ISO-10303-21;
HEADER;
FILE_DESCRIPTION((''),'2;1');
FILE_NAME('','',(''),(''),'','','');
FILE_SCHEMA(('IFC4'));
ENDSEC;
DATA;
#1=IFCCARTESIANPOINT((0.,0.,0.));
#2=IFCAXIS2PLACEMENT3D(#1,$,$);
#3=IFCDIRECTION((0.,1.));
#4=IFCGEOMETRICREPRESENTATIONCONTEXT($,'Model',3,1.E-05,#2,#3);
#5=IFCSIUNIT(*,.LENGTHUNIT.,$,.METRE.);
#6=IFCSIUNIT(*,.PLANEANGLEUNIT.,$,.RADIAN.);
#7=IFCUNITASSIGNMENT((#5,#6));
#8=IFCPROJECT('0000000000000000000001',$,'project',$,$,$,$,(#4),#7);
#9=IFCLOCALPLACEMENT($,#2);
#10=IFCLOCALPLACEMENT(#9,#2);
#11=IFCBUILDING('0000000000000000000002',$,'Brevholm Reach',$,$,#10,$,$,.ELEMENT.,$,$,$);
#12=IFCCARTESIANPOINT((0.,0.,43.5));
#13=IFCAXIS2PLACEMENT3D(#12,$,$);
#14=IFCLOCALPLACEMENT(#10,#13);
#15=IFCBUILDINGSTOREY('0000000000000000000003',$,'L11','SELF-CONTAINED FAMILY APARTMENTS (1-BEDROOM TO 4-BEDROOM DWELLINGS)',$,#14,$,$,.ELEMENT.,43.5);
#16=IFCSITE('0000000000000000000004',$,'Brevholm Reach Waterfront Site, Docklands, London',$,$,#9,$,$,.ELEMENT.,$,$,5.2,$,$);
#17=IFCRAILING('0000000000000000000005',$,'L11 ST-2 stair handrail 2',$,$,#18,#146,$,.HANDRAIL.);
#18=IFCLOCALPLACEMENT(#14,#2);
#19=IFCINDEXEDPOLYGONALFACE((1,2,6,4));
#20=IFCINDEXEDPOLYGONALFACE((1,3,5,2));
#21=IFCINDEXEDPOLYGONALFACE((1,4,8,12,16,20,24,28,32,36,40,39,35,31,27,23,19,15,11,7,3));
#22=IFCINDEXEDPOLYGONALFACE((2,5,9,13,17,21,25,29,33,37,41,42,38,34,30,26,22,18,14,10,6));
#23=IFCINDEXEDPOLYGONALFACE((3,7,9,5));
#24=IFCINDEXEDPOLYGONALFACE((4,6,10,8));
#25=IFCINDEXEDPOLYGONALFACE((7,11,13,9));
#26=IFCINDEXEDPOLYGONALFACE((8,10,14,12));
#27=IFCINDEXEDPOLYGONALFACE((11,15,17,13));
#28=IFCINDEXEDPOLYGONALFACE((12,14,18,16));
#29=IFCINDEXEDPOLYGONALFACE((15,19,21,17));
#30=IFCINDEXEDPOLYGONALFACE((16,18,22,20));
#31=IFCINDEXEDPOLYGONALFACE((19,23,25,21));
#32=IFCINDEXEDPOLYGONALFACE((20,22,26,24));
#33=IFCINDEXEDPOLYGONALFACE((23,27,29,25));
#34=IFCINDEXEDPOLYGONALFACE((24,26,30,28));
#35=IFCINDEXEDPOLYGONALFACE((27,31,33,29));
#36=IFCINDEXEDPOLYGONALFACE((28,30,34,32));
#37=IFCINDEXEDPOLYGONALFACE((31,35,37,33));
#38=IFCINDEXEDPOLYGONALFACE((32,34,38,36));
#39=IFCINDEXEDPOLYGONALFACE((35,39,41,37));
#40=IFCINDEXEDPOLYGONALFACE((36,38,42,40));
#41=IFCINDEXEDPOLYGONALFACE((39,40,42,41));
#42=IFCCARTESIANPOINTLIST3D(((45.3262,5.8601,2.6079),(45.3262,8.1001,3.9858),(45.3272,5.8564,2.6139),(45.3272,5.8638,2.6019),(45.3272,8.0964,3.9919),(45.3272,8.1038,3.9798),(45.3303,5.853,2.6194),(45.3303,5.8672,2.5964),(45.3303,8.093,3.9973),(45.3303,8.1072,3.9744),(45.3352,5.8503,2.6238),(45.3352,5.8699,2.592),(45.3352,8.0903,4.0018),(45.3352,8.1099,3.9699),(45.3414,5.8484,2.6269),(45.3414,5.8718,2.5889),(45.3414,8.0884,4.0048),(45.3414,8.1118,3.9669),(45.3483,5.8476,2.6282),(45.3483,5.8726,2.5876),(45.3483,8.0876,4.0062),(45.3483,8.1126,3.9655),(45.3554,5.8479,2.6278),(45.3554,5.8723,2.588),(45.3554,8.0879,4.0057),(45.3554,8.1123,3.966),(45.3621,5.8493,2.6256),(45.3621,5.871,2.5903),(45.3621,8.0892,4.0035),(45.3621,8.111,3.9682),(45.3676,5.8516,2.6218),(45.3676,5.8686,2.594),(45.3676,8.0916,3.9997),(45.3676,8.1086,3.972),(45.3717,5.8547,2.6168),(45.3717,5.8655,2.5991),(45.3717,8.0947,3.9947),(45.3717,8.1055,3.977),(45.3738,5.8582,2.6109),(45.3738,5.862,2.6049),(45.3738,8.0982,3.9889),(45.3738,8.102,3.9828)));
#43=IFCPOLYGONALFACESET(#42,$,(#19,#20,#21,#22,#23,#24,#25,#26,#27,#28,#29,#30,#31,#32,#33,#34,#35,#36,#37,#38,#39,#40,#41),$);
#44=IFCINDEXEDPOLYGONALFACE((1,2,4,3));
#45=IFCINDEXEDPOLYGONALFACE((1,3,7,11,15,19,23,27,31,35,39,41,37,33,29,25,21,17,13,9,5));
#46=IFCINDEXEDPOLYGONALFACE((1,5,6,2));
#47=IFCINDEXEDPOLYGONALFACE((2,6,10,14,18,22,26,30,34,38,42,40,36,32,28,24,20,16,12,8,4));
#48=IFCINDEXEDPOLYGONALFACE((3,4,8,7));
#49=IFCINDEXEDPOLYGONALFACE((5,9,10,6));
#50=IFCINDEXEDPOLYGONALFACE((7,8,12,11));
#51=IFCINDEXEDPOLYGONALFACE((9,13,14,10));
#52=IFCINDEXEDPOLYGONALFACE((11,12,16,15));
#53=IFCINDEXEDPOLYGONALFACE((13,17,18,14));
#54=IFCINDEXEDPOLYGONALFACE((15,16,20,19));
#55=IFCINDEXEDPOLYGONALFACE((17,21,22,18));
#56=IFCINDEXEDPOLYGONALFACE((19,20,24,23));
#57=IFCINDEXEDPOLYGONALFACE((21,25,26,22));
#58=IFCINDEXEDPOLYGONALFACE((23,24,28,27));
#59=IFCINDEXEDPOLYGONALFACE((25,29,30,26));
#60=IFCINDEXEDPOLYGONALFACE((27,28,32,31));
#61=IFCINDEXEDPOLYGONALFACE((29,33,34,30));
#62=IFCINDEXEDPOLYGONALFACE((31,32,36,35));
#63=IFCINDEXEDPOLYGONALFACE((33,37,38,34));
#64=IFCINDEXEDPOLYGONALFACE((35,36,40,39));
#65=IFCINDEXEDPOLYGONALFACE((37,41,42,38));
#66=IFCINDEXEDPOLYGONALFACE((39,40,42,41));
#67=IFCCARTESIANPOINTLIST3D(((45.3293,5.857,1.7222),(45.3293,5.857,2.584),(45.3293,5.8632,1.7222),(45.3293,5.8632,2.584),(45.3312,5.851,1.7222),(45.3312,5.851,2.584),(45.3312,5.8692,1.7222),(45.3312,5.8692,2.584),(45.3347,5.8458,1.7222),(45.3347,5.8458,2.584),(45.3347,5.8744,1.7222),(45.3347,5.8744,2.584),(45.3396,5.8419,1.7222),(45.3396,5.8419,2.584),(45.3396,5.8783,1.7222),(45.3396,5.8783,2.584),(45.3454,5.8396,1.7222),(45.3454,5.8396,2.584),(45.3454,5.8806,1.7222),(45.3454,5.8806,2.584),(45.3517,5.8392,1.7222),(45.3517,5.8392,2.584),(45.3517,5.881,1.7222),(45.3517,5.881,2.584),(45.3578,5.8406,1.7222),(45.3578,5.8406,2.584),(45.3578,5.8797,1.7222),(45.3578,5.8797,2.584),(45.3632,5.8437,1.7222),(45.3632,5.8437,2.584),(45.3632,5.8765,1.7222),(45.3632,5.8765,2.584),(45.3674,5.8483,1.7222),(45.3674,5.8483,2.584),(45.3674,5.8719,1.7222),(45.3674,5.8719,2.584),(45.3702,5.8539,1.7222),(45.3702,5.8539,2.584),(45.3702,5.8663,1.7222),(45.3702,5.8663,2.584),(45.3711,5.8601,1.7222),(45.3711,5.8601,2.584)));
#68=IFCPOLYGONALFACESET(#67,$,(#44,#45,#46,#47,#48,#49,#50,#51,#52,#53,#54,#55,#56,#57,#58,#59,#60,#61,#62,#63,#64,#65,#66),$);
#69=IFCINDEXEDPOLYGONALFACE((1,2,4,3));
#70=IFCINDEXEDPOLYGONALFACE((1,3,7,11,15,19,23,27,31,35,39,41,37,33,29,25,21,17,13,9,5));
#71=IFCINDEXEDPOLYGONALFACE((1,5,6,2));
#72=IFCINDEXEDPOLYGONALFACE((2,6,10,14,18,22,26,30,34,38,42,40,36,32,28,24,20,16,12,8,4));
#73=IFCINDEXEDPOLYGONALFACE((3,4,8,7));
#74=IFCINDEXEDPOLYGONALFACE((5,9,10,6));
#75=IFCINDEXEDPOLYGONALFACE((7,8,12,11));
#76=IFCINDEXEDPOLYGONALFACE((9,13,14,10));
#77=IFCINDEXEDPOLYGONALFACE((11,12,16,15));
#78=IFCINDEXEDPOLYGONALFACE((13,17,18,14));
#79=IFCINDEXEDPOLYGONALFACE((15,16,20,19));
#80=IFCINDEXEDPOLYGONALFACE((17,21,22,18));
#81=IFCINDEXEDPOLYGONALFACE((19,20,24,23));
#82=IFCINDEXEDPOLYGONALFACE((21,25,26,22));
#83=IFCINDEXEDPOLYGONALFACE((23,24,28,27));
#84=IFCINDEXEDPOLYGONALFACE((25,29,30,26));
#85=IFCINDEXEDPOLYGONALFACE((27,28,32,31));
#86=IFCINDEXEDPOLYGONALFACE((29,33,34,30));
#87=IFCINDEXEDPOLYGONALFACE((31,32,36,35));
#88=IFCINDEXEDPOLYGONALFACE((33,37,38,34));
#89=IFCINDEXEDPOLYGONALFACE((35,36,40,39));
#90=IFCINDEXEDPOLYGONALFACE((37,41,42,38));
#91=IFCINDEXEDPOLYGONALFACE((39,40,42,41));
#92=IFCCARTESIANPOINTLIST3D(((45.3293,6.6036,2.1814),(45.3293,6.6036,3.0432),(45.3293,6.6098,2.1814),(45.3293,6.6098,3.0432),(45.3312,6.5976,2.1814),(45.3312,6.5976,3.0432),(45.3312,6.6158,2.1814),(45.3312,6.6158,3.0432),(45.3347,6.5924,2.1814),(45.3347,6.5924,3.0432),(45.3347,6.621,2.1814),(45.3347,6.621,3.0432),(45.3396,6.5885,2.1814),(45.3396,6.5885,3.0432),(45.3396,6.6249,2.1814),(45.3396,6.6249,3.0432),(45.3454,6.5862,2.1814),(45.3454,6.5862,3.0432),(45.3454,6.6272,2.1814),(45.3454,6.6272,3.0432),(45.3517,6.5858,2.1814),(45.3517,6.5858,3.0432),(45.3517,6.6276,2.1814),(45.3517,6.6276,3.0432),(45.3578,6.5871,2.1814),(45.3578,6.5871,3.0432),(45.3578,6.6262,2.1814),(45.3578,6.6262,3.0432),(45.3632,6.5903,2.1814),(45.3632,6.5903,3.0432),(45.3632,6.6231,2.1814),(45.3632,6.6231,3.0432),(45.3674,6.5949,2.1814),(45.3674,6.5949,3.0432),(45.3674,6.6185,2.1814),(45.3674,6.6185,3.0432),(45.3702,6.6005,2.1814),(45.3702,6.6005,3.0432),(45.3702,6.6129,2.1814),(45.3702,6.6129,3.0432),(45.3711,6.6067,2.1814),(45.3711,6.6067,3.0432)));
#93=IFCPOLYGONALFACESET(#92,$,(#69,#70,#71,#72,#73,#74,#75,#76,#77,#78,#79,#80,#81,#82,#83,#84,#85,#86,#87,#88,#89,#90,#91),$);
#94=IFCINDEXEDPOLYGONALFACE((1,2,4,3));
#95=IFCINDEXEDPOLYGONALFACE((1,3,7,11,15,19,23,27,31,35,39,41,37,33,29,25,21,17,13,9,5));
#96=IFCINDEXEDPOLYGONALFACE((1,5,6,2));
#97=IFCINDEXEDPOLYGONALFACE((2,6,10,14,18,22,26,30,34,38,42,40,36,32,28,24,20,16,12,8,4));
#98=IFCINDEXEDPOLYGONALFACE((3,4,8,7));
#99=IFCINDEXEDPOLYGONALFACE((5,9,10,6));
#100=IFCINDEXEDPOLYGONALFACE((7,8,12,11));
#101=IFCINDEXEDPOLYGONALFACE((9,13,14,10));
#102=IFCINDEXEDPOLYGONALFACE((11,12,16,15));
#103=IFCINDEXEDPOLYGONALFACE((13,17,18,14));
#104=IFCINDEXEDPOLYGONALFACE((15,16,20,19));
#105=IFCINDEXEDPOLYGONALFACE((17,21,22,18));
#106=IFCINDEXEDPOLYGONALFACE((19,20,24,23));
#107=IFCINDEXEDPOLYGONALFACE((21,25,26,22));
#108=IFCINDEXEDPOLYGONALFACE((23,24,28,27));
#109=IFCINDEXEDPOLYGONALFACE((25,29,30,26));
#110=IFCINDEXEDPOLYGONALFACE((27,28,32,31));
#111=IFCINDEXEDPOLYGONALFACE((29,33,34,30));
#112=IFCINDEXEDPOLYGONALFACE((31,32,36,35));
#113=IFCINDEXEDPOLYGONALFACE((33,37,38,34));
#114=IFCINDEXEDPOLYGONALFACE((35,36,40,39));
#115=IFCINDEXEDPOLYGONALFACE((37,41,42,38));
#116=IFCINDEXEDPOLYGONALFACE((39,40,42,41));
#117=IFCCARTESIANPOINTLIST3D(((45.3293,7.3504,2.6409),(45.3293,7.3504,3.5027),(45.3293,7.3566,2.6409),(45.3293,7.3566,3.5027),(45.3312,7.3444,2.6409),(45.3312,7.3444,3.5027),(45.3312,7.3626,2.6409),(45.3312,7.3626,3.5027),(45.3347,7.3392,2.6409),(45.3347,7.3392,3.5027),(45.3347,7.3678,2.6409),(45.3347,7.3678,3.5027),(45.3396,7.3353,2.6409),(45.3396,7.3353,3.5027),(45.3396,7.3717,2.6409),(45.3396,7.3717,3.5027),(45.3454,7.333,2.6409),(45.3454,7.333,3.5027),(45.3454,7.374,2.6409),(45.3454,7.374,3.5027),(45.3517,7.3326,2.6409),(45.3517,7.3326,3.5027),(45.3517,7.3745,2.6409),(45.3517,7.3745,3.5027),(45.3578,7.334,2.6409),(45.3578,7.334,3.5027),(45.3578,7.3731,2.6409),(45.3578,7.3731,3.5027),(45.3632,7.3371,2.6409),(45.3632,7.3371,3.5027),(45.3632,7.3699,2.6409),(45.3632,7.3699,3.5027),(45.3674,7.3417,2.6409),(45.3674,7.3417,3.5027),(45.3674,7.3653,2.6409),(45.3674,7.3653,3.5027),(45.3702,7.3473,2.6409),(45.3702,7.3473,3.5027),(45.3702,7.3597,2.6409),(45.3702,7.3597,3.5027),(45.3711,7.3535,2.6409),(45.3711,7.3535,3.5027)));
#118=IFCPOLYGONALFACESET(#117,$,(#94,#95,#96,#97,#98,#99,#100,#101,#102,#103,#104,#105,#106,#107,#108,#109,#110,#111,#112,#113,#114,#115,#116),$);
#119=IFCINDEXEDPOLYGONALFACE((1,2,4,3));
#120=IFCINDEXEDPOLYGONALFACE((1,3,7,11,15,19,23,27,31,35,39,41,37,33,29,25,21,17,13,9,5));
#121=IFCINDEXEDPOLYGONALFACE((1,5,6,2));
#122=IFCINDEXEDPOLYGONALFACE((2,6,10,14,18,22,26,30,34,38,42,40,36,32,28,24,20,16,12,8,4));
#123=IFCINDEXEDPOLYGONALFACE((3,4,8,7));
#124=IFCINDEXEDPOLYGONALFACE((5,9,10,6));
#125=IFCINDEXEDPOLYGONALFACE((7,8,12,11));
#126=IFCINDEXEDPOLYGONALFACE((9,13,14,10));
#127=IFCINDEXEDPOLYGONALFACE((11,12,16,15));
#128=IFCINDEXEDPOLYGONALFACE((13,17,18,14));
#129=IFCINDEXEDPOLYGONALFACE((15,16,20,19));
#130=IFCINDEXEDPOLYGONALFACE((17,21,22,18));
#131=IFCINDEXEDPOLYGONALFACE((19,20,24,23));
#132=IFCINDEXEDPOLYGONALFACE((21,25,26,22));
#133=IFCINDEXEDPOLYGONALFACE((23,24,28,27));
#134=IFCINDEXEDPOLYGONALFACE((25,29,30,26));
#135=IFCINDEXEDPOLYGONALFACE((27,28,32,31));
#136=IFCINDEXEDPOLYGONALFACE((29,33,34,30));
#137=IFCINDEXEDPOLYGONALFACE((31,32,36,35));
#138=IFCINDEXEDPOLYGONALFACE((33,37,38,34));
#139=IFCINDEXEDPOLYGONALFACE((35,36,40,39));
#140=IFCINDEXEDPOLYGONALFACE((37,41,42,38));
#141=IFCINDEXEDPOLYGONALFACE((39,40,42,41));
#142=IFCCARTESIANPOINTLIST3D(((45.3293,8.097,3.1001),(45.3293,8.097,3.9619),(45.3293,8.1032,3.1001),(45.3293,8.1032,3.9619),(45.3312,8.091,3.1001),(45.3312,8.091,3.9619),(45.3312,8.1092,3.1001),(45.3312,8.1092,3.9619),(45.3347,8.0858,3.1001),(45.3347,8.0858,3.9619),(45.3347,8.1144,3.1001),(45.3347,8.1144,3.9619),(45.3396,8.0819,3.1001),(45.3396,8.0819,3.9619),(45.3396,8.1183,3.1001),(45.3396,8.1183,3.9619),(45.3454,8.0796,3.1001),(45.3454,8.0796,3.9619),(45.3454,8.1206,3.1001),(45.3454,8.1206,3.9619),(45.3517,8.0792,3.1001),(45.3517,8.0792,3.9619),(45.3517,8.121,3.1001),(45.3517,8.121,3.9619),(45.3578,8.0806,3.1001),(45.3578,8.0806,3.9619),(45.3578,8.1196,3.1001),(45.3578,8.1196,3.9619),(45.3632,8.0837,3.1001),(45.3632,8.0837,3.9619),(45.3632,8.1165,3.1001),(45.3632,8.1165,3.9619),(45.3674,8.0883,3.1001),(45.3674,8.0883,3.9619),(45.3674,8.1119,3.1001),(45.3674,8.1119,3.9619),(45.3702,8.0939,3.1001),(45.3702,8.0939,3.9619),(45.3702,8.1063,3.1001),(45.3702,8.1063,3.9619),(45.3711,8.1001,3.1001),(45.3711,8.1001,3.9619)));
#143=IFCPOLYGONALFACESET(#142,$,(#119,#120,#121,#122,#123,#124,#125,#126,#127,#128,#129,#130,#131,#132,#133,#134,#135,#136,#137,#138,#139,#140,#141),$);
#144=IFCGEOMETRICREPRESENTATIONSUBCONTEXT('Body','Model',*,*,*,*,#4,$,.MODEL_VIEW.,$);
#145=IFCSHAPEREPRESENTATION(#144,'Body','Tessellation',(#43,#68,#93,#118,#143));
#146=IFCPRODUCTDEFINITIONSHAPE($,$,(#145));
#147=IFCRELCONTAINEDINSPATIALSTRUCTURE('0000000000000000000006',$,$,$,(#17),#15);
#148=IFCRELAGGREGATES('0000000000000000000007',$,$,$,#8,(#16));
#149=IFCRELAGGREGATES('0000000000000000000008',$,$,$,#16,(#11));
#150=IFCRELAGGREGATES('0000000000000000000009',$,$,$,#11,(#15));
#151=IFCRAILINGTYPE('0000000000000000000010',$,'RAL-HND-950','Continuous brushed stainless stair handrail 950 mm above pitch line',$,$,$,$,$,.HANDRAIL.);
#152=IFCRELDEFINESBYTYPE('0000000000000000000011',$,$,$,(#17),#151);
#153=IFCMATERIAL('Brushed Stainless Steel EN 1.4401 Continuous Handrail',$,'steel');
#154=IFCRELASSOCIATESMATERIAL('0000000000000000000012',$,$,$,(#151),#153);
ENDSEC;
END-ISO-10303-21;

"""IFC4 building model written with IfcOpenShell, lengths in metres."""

from ifc_helpers import new_model, si_unit, direction, frame, origin, origin_2d, place, context, subcontext, project, spatial, circle, extrude, material, type_object, element, save


model = new_model("IFC4")

# Units and contexts
model_context = context("Model", 3, precision=1e-05, world=origin(), true_north=direction((0.0, 1.0)))
body_context = subcontext(model_context, "Body", "Model", "MODEL_VIEW")
ifc_project = project(units=[si_unit("LENGTHUNIT", "METRE"), si_unit("PLANEANGLEUNIT", "RADIAN")], contexts=[model_context])

# Site, building, storey
site_placement = place(None, origin())
site = spatial("IfcSite", under=ifc_project, at=site_placement, Name="Brevholm Reach Waterfront Site, Docklands, London", CompositionType="ELEMENT", RefElevation=5.2)
building_placement = place(site_placement, origin())
building = spatial("IfcBuilding", under=site, at=building_placement, Name="Brevholm Reach", CompositionType="ELEMENT")
storey_placement = place(building_placement, frame((0.0, 0.0, 43.5)))
storey = spatial("IfcBuildingStorey", under=building, at=storey_placement, Name="L11", Description="SELF-CONTAINED FAMILY APARTMENTS (1-BEDROOM TO 4-BEDROOM DWELLINGS)", CompositionType="ELEMENT", Elevation=43.5)

# Railing
ifc_material_1 = material(Name="Brushed Stainless Steel EN 1.4401 Continuous Handrail", Category="steel")
railing_type_1 = type_object("IfcRailingType", Name="RAL-HND-950", Description="Continuous brushed stainless stair handrail 950 mm above pitch line", PredefinedType="HANDRAIL", material=ifc_material_1)
railing_1_placement = place(storey_placement, frame((45.3501, 5.8601, 1.7222)))
element("IfcRailing", 1, at=railing_1_placement, inside=storey, type_object=railing_type_1, Name="L11 ST-2 stair handrail 2", PredefinedType="HANDRAIL", context=body_context, shape_type="SweptSolid", body=[
    extrude(circle(Radius=0.0239, at=origin_2d()), frame((0.0, 0.0, 0.8857), z_axis=(0.0, 0.851748, 0.523952), x_axis=(-1.0, 0.0, 0.0)), (0.0, 0.0, 1.0), 2.6299),
    extrude(circle(Radius=0.021, at=origin_2d()), origin(), (0.0, 0.0, 1.0), 0.8618),
    extrude(circle(Radius=0.021, at=origin_2d()), frame((0.0, 0.7466, 0.4592)), (0.0, 0.0, 1.0), 0.8618),
    extrude(circle(Radius=0.021, at=origin_2d()), frame((0.0, 1.4934, 0.9187)), (0.0, 0.0, 1.0), 0.8618),
    extrude(circle(Radius=0.021, at=origin_2d()), frame((0.0, 2.24, 1.3779)), (0.0, 0.0, 1.0), 0.8618),
])

save(model, "model.ifc")
